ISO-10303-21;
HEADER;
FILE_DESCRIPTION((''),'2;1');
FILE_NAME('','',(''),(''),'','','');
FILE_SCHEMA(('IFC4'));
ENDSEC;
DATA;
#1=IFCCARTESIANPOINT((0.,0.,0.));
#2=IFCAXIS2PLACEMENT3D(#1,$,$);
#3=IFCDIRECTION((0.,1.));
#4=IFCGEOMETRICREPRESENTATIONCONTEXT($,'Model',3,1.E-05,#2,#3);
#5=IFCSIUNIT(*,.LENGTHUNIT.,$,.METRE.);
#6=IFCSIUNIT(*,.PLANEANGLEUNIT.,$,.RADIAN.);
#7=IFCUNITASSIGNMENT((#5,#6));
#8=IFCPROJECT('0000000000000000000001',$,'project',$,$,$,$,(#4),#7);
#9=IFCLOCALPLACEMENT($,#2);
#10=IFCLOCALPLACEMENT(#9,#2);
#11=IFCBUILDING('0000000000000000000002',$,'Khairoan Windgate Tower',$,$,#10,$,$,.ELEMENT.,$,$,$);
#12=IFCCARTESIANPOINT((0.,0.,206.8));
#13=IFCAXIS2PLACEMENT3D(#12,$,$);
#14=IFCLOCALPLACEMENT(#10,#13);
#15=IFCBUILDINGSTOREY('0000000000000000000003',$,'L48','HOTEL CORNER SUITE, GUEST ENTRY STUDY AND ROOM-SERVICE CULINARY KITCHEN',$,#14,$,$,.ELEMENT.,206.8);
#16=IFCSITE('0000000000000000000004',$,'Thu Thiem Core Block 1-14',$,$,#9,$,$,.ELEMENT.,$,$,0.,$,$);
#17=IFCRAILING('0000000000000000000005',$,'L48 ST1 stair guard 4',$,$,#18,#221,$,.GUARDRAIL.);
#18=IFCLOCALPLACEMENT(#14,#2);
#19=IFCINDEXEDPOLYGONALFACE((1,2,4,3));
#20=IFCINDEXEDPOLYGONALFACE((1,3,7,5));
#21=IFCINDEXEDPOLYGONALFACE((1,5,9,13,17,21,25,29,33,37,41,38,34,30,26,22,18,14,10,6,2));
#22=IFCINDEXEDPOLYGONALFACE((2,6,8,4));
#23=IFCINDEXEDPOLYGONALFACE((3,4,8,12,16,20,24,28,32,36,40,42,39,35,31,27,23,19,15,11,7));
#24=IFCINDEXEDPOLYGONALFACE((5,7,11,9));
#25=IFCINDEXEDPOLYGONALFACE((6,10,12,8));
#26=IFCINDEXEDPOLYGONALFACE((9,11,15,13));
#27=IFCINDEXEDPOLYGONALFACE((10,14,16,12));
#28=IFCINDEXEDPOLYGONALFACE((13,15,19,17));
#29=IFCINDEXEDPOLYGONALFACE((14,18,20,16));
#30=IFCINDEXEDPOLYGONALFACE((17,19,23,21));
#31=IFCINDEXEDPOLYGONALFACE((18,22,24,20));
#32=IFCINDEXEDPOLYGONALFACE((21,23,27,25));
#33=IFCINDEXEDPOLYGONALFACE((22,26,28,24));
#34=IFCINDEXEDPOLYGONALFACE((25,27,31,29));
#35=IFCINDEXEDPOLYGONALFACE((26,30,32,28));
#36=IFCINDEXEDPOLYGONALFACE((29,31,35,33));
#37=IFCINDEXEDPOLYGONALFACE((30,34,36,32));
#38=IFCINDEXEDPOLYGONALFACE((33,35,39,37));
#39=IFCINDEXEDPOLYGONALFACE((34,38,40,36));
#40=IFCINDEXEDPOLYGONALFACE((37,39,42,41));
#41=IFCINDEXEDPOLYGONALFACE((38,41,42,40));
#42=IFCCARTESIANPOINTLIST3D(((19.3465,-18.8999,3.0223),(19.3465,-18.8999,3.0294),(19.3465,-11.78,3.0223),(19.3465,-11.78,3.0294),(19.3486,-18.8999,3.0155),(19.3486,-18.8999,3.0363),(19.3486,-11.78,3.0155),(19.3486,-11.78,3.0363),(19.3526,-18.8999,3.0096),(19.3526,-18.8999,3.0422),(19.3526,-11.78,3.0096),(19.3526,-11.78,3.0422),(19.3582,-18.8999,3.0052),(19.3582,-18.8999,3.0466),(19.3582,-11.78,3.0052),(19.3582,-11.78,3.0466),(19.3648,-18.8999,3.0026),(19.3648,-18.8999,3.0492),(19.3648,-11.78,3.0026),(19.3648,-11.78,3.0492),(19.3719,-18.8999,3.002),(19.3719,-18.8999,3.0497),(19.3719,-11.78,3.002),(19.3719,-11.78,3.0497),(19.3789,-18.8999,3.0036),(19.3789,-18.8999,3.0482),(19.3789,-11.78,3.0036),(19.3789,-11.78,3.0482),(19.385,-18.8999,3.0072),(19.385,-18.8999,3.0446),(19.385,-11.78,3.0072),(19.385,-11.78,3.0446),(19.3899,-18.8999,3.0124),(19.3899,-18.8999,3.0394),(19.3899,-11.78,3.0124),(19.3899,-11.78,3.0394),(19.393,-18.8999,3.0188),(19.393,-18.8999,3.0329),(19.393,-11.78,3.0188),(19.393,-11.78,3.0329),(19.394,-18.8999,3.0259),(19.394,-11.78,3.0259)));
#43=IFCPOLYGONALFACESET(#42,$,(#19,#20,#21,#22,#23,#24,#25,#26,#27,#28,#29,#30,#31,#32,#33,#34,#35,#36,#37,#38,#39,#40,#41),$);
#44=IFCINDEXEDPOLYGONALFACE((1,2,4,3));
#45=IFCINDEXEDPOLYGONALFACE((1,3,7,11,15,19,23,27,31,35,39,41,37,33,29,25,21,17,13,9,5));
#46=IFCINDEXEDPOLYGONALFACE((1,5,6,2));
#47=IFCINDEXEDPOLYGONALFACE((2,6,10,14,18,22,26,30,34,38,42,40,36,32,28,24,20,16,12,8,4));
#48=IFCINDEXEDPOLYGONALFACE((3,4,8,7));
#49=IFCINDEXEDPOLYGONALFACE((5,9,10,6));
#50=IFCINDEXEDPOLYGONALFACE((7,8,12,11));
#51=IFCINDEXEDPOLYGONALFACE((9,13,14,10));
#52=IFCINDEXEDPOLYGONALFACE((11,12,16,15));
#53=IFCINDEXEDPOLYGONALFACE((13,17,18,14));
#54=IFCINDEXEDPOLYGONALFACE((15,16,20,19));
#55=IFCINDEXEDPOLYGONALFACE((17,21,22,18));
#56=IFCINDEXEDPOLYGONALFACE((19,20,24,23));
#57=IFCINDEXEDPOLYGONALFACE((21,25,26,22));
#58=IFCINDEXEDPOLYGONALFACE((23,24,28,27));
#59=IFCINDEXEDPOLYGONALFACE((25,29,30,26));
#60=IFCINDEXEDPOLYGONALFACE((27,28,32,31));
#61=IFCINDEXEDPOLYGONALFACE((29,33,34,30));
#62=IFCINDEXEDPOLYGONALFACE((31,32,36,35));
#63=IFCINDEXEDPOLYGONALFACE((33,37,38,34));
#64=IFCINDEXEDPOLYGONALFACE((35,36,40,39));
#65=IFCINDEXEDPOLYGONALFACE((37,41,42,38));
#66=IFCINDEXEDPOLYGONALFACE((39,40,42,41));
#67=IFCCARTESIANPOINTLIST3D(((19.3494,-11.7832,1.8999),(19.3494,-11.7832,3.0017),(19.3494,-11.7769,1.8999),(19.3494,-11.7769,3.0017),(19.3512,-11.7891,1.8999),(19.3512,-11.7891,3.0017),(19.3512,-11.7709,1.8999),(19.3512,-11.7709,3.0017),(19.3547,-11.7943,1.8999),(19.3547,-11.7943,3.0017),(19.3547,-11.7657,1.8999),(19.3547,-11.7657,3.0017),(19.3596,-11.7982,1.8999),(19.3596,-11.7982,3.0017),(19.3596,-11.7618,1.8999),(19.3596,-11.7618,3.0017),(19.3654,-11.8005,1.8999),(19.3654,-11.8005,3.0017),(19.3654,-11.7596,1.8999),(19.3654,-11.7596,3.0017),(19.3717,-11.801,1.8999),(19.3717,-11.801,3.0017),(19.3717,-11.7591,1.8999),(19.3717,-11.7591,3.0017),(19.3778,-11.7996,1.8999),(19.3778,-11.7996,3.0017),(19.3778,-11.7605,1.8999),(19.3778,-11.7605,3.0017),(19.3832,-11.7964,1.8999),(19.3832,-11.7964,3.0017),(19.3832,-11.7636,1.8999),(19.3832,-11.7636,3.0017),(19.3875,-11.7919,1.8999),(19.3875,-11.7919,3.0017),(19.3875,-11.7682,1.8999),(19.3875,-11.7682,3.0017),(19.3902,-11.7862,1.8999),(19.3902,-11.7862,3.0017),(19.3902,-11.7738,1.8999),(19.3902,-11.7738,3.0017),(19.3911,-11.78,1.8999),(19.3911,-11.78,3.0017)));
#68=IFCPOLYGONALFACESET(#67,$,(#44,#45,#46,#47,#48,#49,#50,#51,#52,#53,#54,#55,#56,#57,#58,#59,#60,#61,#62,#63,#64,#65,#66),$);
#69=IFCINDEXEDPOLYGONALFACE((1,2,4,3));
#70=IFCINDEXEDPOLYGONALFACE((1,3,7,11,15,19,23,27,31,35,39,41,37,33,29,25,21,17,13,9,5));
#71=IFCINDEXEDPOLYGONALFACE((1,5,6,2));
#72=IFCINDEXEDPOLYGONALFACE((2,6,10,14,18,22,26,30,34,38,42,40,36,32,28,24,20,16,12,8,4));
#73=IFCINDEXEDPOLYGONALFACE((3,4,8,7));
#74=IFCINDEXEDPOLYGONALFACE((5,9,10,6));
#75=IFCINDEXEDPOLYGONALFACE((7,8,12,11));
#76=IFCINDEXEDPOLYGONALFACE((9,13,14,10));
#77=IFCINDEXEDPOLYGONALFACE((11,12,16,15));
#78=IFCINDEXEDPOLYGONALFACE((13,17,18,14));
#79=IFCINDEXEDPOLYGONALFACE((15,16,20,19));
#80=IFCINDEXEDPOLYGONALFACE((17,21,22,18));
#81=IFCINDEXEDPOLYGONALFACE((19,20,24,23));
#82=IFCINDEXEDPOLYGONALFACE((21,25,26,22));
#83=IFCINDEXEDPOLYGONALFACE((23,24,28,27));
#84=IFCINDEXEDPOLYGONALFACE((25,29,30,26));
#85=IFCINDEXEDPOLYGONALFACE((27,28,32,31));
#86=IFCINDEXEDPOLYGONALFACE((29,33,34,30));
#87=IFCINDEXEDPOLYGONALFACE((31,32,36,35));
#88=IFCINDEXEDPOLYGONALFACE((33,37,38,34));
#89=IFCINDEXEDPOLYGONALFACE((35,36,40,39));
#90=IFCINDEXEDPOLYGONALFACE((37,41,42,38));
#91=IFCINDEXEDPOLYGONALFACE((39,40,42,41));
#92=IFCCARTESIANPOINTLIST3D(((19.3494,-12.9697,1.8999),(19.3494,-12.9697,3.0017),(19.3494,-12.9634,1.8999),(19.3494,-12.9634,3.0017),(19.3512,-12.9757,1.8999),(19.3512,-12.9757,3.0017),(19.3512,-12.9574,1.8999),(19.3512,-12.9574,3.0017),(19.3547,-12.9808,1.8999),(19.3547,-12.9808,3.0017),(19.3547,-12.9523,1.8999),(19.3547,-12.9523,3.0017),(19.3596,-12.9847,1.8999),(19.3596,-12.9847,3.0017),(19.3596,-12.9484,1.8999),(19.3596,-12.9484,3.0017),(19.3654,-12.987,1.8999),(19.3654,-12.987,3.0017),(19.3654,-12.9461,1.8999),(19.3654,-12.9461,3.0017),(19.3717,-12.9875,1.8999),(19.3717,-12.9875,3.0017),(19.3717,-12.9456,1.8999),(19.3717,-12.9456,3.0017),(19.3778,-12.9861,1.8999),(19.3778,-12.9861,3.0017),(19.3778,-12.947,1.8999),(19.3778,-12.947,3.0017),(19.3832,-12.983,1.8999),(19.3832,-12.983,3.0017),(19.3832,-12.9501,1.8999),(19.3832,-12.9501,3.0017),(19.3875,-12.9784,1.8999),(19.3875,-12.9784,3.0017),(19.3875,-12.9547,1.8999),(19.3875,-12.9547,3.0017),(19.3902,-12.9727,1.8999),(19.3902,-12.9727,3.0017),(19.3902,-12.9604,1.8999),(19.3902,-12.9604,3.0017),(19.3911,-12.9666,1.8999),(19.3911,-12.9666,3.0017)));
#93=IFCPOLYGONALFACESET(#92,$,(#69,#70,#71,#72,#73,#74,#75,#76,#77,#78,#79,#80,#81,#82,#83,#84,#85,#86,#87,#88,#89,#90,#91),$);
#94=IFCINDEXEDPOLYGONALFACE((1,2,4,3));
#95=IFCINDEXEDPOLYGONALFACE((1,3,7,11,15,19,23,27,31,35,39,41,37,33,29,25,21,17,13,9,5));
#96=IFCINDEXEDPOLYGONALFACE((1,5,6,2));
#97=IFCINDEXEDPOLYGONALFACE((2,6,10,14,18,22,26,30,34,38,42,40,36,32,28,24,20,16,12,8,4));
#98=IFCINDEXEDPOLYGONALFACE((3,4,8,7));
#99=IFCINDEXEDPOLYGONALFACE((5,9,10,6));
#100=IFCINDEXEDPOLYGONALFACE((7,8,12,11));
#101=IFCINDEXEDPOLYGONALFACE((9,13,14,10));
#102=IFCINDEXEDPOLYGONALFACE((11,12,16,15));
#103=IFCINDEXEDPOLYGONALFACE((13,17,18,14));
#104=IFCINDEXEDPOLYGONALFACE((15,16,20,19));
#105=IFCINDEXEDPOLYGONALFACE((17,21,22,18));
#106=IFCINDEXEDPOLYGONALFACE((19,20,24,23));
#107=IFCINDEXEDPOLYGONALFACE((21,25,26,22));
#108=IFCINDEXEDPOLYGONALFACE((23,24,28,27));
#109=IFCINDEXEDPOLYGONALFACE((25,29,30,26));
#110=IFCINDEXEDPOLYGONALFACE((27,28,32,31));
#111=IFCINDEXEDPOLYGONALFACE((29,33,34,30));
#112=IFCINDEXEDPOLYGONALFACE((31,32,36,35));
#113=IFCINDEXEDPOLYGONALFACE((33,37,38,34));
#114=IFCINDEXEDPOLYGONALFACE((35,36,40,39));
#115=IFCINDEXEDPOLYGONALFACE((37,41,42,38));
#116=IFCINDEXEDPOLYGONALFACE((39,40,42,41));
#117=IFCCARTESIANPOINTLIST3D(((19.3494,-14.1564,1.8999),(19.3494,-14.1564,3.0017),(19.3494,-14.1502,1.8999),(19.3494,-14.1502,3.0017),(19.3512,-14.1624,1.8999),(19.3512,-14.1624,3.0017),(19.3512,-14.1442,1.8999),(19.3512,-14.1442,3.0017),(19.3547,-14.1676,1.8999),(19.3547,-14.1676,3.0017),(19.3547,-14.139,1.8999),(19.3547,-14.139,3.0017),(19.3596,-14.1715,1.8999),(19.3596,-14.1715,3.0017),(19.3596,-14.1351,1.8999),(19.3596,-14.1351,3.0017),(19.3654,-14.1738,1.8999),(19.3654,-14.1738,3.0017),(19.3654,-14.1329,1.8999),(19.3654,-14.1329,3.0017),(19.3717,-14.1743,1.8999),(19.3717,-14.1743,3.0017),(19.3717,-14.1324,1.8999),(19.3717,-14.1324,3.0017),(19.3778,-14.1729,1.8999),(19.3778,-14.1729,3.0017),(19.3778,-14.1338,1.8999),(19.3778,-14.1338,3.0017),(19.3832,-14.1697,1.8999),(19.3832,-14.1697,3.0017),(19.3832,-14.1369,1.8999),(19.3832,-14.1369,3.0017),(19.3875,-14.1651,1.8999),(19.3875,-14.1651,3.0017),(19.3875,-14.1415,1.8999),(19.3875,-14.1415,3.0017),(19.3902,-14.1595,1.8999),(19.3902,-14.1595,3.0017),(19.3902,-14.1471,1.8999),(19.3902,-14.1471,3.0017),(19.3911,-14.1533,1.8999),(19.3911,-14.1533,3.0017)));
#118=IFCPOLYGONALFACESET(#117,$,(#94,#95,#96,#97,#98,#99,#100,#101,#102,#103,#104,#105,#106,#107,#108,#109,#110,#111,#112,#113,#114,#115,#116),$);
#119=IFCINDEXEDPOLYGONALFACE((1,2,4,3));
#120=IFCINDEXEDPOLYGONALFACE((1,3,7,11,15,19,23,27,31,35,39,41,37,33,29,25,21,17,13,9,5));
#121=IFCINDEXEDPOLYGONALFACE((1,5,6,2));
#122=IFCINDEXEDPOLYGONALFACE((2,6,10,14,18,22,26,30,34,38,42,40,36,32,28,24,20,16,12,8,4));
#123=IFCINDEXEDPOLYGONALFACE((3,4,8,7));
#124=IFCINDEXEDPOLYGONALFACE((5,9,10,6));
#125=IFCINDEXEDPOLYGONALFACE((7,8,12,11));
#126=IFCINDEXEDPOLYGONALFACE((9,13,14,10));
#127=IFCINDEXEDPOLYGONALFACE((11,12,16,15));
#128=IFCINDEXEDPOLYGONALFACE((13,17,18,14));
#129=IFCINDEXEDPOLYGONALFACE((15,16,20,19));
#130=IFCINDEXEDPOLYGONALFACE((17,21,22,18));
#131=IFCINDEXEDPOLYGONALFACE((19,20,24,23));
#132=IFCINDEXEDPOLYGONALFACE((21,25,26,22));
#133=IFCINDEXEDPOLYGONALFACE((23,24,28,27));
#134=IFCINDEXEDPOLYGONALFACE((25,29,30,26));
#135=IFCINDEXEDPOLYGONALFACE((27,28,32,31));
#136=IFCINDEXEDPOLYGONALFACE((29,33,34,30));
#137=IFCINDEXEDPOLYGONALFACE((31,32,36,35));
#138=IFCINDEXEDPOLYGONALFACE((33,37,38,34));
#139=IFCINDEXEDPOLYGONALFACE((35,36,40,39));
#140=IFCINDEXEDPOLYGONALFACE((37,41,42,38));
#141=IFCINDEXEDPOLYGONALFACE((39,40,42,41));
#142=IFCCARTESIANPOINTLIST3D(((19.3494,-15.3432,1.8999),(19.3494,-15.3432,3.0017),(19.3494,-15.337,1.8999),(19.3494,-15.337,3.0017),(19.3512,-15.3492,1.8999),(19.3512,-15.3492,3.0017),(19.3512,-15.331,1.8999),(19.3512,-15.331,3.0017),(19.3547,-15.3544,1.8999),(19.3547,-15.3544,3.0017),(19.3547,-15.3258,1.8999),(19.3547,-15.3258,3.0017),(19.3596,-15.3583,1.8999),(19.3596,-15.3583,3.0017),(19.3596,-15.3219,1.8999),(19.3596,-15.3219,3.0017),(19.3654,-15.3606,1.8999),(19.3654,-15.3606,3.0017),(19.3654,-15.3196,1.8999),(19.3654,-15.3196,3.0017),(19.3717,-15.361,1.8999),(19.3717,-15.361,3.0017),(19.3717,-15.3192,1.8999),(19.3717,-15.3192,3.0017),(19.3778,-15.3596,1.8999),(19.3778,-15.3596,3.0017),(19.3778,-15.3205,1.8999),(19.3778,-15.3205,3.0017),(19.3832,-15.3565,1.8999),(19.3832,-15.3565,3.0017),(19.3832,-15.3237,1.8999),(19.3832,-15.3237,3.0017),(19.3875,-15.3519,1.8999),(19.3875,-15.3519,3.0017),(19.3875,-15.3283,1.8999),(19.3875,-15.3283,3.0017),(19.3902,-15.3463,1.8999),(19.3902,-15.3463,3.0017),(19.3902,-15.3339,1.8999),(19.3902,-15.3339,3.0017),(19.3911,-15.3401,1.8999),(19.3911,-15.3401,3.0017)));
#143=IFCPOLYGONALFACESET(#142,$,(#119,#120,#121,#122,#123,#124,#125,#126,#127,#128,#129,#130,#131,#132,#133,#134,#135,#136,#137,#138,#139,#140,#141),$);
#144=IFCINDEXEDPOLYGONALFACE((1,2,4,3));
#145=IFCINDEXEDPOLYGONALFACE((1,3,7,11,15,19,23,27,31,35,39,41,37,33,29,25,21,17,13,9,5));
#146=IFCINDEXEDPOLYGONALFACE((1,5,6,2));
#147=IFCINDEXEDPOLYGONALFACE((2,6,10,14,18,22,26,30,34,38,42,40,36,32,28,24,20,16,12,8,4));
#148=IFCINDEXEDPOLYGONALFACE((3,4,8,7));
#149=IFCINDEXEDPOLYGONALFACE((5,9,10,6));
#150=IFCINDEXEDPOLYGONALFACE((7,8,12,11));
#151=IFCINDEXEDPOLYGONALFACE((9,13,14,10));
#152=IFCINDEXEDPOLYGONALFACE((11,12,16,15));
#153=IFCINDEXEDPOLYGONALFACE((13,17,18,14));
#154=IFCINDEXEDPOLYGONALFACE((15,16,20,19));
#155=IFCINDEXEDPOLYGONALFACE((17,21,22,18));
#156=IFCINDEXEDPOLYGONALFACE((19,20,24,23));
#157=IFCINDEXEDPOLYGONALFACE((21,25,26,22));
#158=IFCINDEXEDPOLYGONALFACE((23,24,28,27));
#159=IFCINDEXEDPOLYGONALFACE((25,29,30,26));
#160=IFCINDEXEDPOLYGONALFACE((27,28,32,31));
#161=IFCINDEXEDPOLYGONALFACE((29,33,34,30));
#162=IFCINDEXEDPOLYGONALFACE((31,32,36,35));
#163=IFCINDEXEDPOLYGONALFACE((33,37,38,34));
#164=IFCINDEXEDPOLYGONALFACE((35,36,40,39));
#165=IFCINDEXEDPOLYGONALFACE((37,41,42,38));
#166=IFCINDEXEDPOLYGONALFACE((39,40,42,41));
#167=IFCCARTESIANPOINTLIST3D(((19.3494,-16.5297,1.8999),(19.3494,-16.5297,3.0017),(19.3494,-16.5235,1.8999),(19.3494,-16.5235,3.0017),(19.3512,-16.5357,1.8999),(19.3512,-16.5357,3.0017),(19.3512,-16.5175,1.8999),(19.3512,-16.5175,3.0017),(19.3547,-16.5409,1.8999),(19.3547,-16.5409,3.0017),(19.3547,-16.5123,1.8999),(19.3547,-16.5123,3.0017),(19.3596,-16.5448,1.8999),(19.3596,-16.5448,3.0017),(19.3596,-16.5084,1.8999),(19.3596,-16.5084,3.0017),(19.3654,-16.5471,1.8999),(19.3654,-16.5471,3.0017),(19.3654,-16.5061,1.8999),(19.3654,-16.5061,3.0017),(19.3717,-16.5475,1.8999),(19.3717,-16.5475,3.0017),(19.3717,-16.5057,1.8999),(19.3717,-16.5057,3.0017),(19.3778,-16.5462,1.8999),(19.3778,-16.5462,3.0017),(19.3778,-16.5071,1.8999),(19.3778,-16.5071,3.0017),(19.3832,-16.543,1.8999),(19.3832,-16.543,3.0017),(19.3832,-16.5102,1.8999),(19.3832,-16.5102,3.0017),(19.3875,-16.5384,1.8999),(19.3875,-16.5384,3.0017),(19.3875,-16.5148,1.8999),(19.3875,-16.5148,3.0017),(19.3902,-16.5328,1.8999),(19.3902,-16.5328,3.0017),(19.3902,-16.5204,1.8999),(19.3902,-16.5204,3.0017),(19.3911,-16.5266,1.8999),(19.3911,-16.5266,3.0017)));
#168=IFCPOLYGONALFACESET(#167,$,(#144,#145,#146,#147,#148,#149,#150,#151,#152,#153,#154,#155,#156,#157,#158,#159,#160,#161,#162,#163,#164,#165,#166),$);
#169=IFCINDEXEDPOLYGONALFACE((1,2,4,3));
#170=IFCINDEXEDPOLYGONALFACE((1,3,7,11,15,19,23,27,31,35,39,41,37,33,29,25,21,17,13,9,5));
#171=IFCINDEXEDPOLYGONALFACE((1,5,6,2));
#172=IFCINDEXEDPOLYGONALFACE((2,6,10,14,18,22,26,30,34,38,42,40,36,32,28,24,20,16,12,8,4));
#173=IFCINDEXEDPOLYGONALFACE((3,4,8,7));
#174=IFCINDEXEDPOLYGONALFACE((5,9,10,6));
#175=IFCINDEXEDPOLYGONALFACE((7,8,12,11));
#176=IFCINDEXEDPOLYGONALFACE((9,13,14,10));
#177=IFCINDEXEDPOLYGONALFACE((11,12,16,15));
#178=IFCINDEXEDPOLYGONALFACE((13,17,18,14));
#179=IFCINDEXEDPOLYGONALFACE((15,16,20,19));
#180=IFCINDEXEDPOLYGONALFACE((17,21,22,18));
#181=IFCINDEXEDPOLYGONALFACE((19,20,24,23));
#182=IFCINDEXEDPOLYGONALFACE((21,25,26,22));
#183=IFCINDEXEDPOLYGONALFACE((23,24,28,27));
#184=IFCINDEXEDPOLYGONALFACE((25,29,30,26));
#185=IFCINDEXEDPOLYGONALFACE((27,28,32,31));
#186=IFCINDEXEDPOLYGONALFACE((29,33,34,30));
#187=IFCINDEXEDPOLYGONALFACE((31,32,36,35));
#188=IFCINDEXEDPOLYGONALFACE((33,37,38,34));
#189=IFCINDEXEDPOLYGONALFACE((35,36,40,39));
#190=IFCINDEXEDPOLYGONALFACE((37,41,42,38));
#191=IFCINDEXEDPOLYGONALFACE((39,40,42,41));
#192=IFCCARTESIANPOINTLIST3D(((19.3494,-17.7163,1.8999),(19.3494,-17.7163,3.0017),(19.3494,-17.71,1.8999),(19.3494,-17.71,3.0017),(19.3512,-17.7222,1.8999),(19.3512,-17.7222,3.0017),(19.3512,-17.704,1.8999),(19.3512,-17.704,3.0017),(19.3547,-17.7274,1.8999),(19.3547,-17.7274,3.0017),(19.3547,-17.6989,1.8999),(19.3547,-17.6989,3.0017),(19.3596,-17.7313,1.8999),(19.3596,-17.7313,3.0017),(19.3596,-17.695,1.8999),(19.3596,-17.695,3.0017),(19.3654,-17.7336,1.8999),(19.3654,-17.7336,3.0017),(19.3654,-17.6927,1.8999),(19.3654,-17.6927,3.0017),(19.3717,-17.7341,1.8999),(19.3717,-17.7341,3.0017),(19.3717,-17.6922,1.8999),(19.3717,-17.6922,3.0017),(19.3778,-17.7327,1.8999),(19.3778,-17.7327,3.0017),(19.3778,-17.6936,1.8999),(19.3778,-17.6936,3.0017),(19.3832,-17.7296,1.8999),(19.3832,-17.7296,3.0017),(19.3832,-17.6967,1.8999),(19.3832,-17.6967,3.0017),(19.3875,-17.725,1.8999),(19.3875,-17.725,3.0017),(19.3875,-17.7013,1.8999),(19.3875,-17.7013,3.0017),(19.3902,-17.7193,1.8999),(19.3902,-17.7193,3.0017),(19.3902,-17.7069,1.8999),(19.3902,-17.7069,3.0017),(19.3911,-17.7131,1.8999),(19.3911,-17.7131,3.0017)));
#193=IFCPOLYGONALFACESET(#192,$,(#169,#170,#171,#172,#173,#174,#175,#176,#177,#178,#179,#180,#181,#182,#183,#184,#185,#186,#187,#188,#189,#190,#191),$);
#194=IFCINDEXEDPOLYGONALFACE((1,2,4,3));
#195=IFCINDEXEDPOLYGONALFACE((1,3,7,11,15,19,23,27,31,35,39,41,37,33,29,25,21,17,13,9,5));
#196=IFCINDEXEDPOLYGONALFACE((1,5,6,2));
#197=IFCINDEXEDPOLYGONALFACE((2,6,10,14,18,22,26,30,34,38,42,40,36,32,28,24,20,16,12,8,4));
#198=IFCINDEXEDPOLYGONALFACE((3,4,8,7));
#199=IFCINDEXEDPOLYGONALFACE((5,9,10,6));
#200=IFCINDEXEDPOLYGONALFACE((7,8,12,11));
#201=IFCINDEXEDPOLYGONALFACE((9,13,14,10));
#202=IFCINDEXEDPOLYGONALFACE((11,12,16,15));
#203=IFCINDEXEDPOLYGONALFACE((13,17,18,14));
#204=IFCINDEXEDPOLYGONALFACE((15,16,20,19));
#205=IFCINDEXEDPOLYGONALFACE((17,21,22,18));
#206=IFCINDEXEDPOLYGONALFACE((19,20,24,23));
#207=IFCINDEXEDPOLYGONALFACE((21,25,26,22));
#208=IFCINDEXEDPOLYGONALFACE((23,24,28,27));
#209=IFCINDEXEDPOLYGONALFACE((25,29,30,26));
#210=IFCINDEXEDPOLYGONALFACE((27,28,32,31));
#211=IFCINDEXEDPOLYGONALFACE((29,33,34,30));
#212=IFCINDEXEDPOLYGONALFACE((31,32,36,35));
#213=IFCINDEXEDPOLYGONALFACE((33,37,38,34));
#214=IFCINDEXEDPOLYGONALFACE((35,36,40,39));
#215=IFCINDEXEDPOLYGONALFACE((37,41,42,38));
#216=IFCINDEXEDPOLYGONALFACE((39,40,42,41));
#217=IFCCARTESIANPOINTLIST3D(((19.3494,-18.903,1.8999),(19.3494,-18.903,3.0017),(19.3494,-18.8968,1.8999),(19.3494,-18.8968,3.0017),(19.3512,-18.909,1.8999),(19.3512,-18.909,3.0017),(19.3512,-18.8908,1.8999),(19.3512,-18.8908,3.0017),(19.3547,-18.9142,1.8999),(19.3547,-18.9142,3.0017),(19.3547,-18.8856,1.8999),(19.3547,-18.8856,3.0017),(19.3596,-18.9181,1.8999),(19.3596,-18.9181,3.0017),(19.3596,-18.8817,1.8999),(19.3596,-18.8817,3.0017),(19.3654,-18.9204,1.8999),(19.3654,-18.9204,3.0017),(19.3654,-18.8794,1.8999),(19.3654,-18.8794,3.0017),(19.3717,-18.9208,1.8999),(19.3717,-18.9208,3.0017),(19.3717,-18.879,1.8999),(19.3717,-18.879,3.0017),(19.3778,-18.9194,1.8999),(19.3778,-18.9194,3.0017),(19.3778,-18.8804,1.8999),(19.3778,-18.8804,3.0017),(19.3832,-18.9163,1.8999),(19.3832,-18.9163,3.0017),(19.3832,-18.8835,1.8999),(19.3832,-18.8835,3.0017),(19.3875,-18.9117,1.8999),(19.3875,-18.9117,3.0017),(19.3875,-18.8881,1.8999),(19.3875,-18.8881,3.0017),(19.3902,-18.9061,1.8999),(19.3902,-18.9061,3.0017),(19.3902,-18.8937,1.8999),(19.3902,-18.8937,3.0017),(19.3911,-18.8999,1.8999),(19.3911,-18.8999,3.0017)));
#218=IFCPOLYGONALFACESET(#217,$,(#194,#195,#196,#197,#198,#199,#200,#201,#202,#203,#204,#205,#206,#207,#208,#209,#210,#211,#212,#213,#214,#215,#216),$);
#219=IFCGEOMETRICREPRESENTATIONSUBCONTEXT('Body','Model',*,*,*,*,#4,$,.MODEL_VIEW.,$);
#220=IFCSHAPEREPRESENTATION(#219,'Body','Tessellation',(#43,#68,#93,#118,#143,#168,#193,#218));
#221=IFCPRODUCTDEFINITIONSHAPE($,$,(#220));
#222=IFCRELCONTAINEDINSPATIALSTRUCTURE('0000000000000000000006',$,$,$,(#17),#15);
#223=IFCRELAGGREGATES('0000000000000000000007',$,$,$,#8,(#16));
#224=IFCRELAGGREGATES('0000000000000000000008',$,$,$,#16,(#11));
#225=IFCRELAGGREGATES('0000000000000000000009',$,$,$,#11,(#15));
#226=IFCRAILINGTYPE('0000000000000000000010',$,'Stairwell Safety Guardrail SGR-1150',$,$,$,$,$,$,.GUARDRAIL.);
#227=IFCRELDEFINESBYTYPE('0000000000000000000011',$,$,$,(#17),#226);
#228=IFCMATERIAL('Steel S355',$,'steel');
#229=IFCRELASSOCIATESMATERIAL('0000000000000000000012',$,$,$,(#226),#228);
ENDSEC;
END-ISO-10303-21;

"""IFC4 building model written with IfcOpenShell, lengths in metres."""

from ifc_helpers import new_model, si_unit, direction, frame, origin, origin_2d, place, context, subcontext, project, spatial, circle, extrude, material, type_object, element, save


model = new_model("IFC4")

# Units and contexts
model_context = context("Model", 3, precision=1e-05, world=origin(), true_north=direction((0.0, 1.0)))
body_context = subcontext(model_context, "Body", "Model", "MODEL_VIEW")
ifc_project = project(units=[si_unit("LENGTHUNIT", "METRE"), si_unit("PLANEANGLEUNIT", "RADIAN")], contexts=[model_context])

# Site, building, storey
site_placement = place(None, origin())
site = spatial("IfcSite", under=ifc_project, at=site_placement, Name="Thu Thiem Core Block 1-14", CompositionType="ELEMENT", RefElevation=0.0)
building_placement = place(site_placement, origin())
building = spatial("IfcBuilding", under=site, at=building_placement, Name="Khairoan Windgate Tower", CompositionType="ELEMENT")
storey_placement = place(building_placement, frame((0.0, 0.0, 206.8)))
storey = spatial("IfcBuildingStorey", under=building, at=storey_placement, Name="L48", Description="HOTEL CORNER SUITE, GUEST ENTRY STUDY AND ROOM-SERVICE CULINARY KITCHEN", CompositionType="ELEMENT", Elevation=206.8)

# Railing
ifc_material_1 = material(Name="Steel S355", Category="steel")
railing_type_1 = type_object("IfcRailingType", Name="Stairwell Safety Guardrail SGR-1150", PredefinedType="GUARDRAIL", material=ifc_material_1)
railing_1_placement = place(storey_placement, frame((19.3701, -11.78, 1.8999)))
element("IfcRailing", 1, at=railing_1_placement, inside=storey, type_object=railing_type_1, Name="L48 ST1 stair guard 4", PredefinedType="GUARDRAIL", context=body_context, shape_type="SweptSolid", body=[
    extrude(circle(Radius=0.0239, at=origin_2d()), frame((0.0, 0.0, 1.126), z_axis=(0.0, -1.0, 0.0), x_axis=(1.0, 0.0, 0.0)), (0.0, 0.0, 1.0), 7.1199),
    extrude(circle(Radius=0.021, at=origin_2d()), origin(), (0.0, 0.0, 1.0), 1.1018),
    extrude(circle(Radius=0.021, at=origin_2d()), frame((0.0, -1.1865, 0.0)), (0.0, 0.0, 1.0), 1.1018),
    extrude(circle(Radius=0.021, at=origin_2d()), frame((0.0, -2.3733, 0.0)), (0.0, 0.0, 1.0), 1.1018),
    extrude(circle(Radius=0.021, at=origin_2d()), frame((0.0, -3.5601, 0.0)), (0.0, 0.0, 1.0), 1.1018),
    extrude(circle(Radius=0.021, at=origin_2d()), frame((0.0, -4.7466, 0.0)), (0.0, 0.0, 1.0), 1.1018),
    extrude(circle(Radius=0.021, at=origin_2d()), frame((0.0, -5.9331, 0.0)), (0.0, 0.0, 1.0), 1.1018),
    extrude(circle(Radius=0.021, at=origin_2d()), frame((0.0, -7.1199, 0.0)), (0.0, 0.0, 1.0), 1.1018),
])

save(model, "model.ifc")
